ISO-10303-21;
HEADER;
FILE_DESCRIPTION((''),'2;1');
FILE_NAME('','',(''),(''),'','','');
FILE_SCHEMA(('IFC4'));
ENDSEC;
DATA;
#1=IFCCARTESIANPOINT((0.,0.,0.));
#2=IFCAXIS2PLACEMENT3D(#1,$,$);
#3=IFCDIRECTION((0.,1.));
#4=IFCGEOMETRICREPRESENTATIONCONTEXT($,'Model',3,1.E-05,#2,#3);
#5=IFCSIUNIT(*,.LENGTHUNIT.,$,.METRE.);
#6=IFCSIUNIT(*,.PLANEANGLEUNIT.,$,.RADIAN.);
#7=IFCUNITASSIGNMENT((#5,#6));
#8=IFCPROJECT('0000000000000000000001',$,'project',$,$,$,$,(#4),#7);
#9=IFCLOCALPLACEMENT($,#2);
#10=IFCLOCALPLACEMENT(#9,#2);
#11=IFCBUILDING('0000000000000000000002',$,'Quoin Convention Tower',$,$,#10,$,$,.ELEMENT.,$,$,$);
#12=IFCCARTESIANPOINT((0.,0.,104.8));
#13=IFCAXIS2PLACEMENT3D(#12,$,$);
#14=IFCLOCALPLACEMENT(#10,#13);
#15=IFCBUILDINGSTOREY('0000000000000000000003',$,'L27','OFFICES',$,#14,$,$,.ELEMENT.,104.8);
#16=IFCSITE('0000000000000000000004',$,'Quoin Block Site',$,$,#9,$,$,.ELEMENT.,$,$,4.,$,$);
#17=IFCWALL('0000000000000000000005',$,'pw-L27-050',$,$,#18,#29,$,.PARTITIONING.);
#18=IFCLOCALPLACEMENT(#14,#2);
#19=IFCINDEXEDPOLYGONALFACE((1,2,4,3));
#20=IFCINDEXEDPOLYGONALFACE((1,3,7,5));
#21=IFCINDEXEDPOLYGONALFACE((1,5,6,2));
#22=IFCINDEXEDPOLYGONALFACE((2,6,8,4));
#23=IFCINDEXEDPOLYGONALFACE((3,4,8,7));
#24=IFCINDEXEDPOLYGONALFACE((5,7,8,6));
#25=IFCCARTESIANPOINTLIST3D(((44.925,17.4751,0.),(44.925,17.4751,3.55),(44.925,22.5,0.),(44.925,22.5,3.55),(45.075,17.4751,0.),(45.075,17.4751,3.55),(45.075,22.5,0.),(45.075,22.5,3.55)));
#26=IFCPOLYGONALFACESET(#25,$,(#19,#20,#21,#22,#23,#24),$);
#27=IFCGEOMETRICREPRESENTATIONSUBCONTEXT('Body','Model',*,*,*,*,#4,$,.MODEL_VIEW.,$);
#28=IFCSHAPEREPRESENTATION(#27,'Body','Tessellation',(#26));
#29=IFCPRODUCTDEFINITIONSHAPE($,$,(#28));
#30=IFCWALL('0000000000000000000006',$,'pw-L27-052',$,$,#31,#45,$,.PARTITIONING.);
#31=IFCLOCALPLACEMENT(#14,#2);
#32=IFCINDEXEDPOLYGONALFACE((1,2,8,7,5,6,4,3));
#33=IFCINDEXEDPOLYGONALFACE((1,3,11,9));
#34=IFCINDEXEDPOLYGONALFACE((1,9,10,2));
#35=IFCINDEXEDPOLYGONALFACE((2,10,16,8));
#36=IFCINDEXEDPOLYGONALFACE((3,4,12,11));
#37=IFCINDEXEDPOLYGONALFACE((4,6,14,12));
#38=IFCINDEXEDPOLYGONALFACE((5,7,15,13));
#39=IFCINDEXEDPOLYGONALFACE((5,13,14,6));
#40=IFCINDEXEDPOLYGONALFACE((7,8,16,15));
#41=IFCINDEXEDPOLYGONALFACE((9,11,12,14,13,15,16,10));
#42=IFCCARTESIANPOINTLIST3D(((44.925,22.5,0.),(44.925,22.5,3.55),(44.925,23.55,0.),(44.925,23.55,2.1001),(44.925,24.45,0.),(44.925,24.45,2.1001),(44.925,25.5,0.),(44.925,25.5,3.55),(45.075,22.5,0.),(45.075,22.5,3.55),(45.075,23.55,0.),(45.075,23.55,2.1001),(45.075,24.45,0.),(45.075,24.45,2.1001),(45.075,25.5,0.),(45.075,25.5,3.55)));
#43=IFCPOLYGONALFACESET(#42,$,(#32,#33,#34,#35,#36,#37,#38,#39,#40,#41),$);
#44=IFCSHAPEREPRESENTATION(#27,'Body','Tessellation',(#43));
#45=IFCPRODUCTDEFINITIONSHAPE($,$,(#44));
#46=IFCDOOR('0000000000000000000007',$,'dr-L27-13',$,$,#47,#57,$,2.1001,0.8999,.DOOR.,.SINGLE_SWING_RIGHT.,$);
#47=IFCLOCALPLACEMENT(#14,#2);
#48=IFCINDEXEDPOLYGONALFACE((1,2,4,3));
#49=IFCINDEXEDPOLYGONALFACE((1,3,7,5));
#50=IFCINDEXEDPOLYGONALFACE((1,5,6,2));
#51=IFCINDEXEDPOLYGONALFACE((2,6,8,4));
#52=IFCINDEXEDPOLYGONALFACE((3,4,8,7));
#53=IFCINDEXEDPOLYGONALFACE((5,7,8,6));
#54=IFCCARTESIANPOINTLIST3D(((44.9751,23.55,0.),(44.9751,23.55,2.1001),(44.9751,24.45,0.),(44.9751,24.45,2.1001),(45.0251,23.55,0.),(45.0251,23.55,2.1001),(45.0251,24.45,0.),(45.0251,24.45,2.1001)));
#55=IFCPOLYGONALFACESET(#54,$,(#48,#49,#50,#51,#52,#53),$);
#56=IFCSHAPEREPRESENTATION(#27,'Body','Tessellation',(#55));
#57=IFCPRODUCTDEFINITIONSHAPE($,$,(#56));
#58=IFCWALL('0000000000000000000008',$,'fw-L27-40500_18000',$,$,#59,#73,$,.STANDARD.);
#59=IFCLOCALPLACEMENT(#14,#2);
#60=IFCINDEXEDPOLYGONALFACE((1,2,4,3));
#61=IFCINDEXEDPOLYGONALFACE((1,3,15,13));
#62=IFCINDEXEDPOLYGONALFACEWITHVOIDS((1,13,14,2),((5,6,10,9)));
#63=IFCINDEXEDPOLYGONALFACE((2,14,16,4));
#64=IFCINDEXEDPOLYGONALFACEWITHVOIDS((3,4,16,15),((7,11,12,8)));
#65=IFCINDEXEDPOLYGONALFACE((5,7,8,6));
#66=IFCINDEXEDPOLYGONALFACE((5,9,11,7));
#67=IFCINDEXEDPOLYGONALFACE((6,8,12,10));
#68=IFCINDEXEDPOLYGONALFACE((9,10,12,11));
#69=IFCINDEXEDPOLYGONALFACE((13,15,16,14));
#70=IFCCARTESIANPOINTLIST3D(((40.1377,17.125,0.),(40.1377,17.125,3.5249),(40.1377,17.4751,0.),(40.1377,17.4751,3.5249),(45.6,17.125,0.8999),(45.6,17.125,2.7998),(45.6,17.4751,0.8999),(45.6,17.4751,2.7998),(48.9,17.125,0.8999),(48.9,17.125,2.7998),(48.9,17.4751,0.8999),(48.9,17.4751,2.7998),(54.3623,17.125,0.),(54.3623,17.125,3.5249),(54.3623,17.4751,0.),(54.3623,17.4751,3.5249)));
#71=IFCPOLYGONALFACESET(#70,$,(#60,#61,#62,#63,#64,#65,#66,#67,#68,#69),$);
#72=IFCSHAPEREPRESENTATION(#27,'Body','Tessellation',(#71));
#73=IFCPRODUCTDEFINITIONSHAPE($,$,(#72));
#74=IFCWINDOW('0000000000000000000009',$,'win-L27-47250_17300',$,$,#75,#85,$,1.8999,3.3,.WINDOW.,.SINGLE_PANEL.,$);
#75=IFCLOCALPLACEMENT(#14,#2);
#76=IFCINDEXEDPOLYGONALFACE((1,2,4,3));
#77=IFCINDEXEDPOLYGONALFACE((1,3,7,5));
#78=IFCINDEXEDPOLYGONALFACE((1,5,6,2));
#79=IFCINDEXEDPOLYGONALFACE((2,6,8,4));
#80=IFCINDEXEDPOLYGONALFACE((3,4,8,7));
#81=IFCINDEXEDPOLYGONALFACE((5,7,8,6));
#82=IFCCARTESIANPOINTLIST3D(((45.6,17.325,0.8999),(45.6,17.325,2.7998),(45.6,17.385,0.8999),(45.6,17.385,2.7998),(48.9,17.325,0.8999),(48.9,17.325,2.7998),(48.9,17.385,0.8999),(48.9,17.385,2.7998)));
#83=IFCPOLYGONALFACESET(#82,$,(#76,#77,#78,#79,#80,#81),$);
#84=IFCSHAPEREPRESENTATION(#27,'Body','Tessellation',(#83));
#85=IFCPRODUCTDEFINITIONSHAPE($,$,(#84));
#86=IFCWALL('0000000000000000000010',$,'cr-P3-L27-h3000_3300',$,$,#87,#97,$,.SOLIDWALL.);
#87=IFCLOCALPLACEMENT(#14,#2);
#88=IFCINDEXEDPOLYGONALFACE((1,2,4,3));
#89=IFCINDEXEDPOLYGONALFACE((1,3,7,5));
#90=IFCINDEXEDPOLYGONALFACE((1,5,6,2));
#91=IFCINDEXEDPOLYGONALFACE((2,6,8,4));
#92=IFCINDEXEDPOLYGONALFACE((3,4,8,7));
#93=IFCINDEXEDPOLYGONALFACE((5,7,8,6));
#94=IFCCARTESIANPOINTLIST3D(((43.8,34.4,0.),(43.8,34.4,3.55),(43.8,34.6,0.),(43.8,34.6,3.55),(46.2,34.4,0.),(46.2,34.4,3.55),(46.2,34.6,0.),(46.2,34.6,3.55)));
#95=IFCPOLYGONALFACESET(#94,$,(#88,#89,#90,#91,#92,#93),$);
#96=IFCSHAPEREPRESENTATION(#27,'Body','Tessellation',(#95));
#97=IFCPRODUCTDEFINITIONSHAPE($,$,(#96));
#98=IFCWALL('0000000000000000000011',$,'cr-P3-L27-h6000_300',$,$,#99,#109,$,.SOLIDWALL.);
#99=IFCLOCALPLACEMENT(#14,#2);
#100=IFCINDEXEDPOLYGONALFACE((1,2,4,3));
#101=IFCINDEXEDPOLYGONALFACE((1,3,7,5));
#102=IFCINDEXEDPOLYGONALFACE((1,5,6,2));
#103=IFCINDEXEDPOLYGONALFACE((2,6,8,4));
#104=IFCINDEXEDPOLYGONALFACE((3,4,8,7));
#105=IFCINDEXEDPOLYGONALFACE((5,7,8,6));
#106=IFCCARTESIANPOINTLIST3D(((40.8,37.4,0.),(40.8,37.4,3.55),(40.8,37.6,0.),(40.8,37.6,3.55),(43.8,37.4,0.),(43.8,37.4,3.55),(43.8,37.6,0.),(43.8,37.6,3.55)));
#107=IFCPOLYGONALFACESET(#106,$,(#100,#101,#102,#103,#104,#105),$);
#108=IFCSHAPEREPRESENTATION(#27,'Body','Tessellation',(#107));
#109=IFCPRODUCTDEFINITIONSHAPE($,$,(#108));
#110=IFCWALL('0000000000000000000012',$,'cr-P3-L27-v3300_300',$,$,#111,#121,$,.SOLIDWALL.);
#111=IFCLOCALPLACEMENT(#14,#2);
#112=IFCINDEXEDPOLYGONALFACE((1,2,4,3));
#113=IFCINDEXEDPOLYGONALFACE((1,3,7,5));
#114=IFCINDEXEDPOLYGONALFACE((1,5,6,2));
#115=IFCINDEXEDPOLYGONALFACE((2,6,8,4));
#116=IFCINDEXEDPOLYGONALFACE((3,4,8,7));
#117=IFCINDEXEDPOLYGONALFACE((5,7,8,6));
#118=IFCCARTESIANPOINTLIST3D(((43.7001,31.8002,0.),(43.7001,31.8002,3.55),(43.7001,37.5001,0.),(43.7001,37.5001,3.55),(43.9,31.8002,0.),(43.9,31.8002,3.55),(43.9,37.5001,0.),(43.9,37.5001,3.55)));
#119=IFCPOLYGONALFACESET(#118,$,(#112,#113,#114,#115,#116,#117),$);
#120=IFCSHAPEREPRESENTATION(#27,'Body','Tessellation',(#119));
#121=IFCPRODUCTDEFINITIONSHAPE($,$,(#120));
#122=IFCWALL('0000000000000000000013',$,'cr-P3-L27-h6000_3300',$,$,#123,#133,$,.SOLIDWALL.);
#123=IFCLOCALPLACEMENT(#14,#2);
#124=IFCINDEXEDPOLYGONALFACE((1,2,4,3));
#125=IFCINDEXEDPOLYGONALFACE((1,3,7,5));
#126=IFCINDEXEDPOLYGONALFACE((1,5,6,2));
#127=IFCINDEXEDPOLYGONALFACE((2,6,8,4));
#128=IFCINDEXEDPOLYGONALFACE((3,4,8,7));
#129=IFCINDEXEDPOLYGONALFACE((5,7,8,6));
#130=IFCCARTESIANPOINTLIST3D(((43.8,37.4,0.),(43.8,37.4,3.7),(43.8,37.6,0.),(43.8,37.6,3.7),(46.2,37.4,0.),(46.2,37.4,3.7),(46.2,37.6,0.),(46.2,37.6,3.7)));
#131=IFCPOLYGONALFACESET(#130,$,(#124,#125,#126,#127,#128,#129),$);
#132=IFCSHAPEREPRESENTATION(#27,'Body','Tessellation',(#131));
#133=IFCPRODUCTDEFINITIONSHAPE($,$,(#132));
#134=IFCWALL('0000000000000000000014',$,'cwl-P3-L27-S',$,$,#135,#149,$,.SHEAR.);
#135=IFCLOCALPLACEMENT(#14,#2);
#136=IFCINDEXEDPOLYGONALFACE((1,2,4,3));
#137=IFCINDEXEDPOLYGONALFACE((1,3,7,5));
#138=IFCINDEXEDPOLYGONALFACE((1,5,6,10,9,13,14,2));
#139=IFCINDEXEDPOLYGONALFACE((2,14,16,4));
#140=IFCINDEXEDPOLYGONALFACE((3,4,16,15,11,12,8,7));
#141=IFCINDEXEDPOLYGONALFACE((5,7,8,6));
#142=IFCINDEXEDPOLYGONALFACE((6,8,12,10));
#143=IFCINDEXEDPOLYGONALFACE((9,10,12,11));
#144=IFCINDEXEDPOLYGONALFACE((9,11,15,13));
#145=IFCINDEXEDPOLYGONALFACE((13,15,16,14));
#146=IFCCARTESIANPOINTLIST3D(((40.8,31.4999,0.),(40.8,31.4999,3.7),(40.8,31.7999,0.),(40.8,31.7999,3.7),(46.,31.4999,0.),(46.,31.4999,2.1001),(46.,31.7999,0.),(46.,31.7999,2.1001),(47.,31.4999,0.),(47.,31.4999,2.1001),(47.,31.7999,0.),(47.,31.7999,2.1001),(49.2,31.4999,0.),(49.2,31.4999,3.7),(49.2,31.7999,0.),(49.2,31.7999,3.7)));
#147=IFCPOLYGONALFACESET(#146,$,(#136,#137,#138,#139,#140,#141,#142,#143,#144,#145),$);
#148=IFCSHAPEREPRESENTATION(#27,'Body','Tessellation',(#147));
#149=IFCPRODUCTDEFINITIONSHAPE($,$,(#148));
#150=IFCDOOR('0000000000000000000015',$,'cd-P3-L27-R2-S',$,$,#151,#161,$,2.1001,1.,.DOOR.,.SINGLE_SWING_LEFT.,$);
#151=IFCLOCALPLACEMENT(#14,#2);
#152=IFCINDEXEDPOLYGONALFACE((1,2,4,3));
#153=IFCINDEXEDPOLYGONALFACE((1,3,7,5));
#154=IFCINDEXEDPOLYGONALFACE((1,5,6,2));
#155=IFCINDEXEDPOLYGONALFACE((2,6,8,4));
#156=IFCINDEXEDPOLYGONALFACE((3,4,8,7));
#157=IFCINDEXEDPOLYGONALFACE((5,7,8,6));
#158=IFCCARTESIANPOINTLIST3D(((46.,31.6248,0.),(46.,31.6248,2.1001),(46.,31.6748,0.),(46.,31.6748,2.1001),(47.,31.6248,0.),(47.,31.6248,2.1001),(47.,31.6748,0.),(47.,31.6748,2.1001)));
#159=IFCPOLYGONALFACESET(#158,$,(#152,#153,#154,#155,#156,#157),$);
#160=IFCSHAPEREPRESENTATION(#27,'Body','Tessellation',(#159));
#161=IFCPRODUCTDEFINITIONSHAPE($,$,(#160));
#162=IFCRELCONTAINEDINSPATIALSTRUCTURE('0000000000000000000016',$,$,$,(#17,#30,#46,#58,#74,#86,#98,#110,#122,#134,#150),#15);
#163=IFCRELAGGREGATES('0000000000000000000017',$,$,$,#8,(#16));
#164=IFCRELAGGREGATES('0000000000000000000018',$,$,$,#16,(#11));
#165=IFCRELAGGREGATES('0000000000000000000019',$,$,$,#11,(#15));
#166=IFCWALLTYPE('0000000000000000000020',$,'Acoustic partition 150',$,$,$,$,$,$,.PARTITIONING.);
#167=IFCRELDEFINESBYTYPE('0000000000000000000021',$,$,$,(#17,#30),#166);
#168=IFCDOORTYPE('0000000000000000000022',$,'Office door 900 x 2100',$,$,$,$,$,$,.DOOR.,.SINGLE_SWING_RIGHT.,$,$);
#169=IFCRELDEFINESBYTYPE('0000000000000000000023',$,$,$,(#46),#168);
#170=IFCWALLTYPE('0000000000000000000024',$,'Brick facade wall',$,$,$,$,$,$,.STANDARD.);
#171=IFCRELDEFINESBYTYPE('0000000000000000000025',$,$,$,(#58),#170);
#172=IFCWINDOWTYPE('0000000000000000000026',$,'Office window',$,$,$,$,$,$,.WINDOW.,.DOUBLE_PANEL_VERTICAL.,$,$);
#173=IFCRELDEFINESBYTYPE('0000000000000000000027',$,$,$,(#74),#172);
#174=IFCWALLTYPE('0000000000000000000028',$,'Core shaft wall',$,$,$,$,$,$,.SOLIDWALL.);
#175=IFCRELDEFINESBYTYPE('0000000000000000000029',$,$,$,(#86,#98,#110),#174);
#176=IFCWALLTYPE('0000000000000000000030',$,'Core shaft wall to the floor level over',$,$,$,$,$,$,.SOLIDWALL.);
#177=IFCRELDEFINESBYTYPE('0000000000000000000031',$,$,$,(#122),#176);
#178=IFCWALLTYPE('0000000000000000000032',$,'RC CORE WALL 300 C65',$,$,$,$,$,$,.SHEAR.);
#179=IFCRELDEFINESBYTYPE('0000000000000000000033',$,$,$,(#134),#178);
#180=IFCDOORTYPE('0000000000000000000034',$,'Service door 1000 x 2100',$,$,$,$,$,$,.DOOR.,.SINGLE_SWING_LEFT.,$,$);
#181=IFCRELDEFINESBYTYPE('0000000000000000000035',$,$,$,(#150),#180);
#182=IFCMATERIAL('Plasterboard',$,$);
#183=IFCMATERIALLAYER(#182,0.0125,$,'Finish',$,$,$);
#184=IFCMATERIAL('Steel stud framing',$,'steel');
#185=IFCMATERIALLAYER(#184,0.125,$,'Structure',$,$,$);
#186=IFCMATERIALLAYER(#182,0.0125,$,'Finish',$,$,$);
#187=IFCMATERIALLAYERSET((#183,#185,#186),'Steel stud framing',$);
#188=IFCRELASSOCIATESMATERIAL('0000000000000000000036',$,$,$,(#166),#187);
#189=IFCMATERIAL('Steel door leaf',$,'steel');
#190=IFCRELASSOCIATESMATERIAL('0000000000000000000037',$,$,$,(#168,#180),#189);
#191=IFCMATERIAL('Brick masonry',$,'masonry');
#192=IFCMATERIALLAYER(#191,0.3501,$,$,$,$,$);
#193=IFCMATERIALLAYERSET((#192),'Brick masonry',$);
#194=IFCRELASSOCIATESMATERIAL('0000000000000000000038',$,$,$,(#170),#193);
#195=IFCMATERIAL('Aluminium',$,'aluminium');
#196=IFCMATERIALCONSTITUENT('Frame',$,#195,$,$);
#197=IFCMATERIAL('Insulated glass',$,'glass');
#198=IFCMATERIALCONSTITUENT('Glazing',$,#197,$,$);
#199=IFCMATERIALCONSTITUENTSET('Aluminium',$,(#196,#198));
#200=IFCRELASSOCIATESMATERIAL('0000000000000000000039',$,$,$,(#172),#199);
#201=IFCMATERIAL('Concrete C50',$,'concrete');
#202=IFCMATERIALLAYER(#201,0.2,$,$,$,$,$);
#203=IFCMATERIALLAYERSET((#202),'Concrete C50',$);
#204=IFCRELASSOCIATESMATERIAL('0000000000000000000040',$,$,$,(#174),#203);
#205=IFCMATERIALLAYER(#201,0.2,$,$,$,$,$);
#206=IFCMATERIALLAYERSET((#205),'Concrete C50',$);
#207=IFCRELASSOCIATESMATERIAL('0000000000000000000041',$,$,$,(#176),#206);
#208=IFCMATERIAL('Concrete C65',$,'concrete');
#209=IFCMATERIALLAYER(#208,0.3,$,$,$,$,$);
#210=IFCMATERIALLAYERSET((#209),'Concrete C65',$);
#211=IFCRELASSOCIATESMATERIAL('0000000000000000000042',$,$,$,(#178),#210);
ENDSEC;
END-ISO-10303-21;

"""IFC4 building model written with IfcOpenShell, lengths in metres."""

from ifc_helpers import new_model, si_unit, direction, frame, frame_2d, origin, place, context, subcontext, project, spatial, rectangle, extrude, material, layer, layer_set, constituent, constituent_set, type_object, element, fill, save


model = new_model("IFC4")

# Units and contexts
model_context = context("Model", 3, precision=1e-05, world=origin(), true_north=direction((0.0, 1.0)))
body_context = subcontext(model_context, "Body", "Model", "MODEL_VIEW")
ifc_project = project(units=[si_unit("LENGTHUNIT", "METRE"), si_unit("PLANEANGLEUNIT", "RADIAN")], contexts=[model_context])

# Site, building, storey
site_placement = place(None, origin())
site = spatial("IfcSite", under=ifc_project, at=site_placement, Name="Quoin Block Site", CompositionType="ELEMENT", RefElevation=4.0)
building_placement = place(site_placement, origin())
building = spatial("IfcBuilding", under=site, at=building_placement, Name="Quoin Convention Tower", CompositionType="ELEMENT")
storey_placement = place(building_placement, frame((0.0, 0.0, 104.8)))
storey = spatial("IfcBuildingStorey", under=building, at=storey_placement, Name="L27", Description="OFFICES", CompositionType="ELEMENT", Elevation=104.8)

# Shared definitions
ifc_material_1 = material(Name="Concrete C65", Category="concrete")

# Wall
ifc_material_2 = material(Name="Plasterboard")
ifc_layer_1 = layer(ifc_material_2, 0.0125, Name="Finish")
ifc_material_3 = material(Name="Steel stud framing", Category="steel")
ifc_layer_2 = layer(ifc_material_3, 0.125, Name="Structure")
ifc_layer_3 = layer(ifc_material_2, 0.0125, Name="Finish")
ifc_layer_set_1 = layer_set([ifc_layer_1, ifc_layer_2, ifc_layer_3], Name="Steel stud framing")
wall_type_1 = type_object("IfcWallType", Name="Acoustic partition 150", PredefinedType="PARTITIONING", material=ifc_layer_set_1)
wall_1_placement = place(storey_placement, frame((45.0, 17.4751, 0.0), z_axis=(0.0, 0.0, 1.0), x_axis=(0.0, 1.0, 0.0)))
element("IfcWall", 1, at=wall_1_placement, inside=storey, type_object=wall_type_1, Name="pw-L27-050", PredefinedType="PARTITIONING", context=body_context, shape_type="SweptSolid", body=[
    extrude(rectangle(XDim=5.0249, YDim=0.1499, at=frame_2d((2.5125, 0.0))), origin(), (0.0, 0.0, 1.0), 3.55),
])

# Wall, opening, door
wall_2_placement = place(storey_placement, frame((45.0, 22.5, 0.0), z_axis=(0.0, 0.0, 1.0), x_axis=(0.0, 1.0, 0.0)))
wall_2 = element("IfcWall", 2, at=wall_2_placement, inside=storey, type_object=wall_type_1, Name="pw-L27-052", PredefinedType="PARTITIONING", context=body_context, shape_type="SweptSolid", body=[
    extrude(rectangle(XDim=3.0, YDim=0.1499, at=frame_2d((1.5, 0.0))), origin(), (0.0, 0.0, 1.0), 3.55),
])
opening_1_placement = place(wall_2_placement, frame((1.05, 0.0, 0.0)))
opening_1 = element("IfcOpeningElement", 3, at=opening_1_placement, cuts=wall_2, PredefinedType="OPENING", context=body_context, shape_type="SweptSolid", body=[
    extrude(rectangle(XDim=0.8999, YDim=2.1001, at=frame_2d((0.45, 1.05))), frame((0.0, 0.085, 0.0), z_axis=(0.0, -1.0, 0.0), x_axis=(1.0, 0.0, 0.0)), (0.0, 0.0, 1.0), 0.1699),
])
ifc_material_4 = material(Name="Steel door leaf", Category="steel")
door_type_1 = type_object("IfcDoorType", Name="Office door 900 x 2100", OperationType="SINGLE_SWING_RIGHT", PredefinedType="DOOR", material=ifc_material_4)
door_1_placement = place(opening_1_placement, origin())
door_1 = element("IfcDoor", 4, at=door_1_placement, inside=storey, type_object=door_type_1, Name="dr-L27-13", OperationType="SINGLE_SWING_RIGHT", OverallHeight=2.1001, OverallWidth=0.8999, PredefinedType="DOOR", context=body_context, shape_type="SweptSolid", body=[
    extrude(rectangle(XDim=0.8999, YDim=2.1001, at=frame_2d((0.45, 1.05))), frame((0.0, 0.0249, 0.0), z_axis=(0.0, -1.0, 0.0), x_axis=(1.0, 0.0, 0.0)), (0.0, 0.0, 1.0), 0.05),
])
fill(opening_1, door_1)

# Wall, opening, window
ifc_material_5 = material(Name="Brick masonry", Category="masonry")
ifc_layer_4 = layer(ifc_material_5, 0.3501)
ifc_layer_set_2 = layer_set([ifc_layer_4], Name="Brick masonry")
wall_type_2 = type_object("IfcWallType", Name="Brick facade wall", PredefinedType="STANDARD", material=ifc_layer_set_2)
wall_3_placement = place(storey_placement, frame((40.1377, 17.3, 0.0), z_axis=(0.0, 0.0, 1.0), x_axis=(1.0, 0.0, 0.0)))
wall_3 = element("IfcWall", 5, at=wall_3_placement, inside=storey, type_object=wall_type_2, Name="fw-L27-40500_18000", PredefinedType="STANDARD", context=body_context, shape_type="SweptSolid", body=[
    extrude(rectangle(XDim=14.2246, YDim=0.3501, at=frame_2d((7.1123, 0.0))), origin(), (0.0, 0.0, 1.0), 3.5249),
])
opening_2_placement = place(wall_3_placement, frame((5.4624, 0.0, 0.8999)))
opening_2 = element("IfcOpeningElement", 6, at=opening_2_placement, cuts=wall_3, PredefinedType="OPENING", context=body_context, shape_type="SweptSolid", body=[
    extrude(rectangle(XDim=3.3, YDim=1.8999, at=frame_2d((1.6499, 0.95))), frame((0.0, 0.1851, 0.0), z_axis=(0.0, -1.0, 0.0), x_axis=(1.0, 0.0, 0.0)), (0.0, 0.0, 1.0), 0.3701),
])
ifc_material_6 = material(Name="Aluminium", Category="aluminium")
ifc_constituent_1 = constituent(ifc_material_6, Name="Frame")
ifc_material_7 = material(Name="Insulated glass", Category="glass")
ifc_constituent_2 = constituent(ifc_material_7, Name="Glazing")
ifc_constituent_set = constituent_set(constituents=[ifc_constituent_1, ifc_constituent_2], Name="Aluminium")
window_type = type_object("IfcWindowType", Name="Office window", PartitioningType="DOUBLE_PANEL_VERTICAL", PredefinedType="WINDOW", material=ifc_constituent_set)
window_placement = place(opening_2_placement, origin())
window = element("IfcWindow", 7, at=window_placement, inside=storey, type_object=window_type, Name="win-L27-47250_17300", OverallHeight=1.8999, OverallWidth=3.3, PartitioningType="SINGLE_PANEL", PredefinedType="WINDOW", context=body_context, shape_type="SweptSolid", body=[
    extrude(rectangle(XDim=3.3, YDim=1.8999, at=frame_2d((1.6499, 0.95))), frame((0.0, 0.085, 0.0), z_axis=(0.0, -1.0, 0.0), x_axis=(1.0, 0.0, 0.0)), (0.0, 0.0, 1.0), 0.0601),
])
fill(opening_2, window)

# Walls
ifc_material_8 = material(Name="Concrete C50", Category="concrete")
ifc_layer_5 = layer(ifc_material_8, 0.2)
ifc_layer_set_3 = layer_set([ifc_layer_5], Name="Concrete C50")
wall_type_3 = type_object("IfcWallType", Name="Core shaft wall", PredefinedType="SOLIDWALL", material=ifc_layer_set_3)
wall_4_placement = place(storey_placement, frame((43.8, 34.5, 0.0), z_axis=(0.0, 0.0, 1.0), x_axis=(1.0, 0.0, 0.0)))
element("IfcWall", 8, at=wall_4_placement, inside=storey, type_object=wall_type_3, Name="cr-P3-L27-h3000_3300", PredefinedType="SOLIDWALL", context=body_context, shape_type="SweptSolid", body=[
    extrude(rectangle(XDim=2.3999, YDim=0.2, at=frame_2d((1.2, 0.0))), origin(), (0.0, 0.0, 1.0), 3.55),
])
wall_5_placement = place(storey_placement, frame((40.8, 37.5, 0.0), z_axis=(0.0, 0.0, 1.0), x_axis=(1.0, 0.0, 0.0)))
element("IfcWall", 9, at=wall_5_placement, inside=storey, type_object=wall_type_3, Name="cr-P3-L27-h6000_300", PredefinedType="SOLIDWALL", context=body_context, shape_type="SweptSolid", body=[
    extrude(rectangle(XDim=3.0, YDim=0.2, at=frame_2d((1.5, 0.0))), origin(), (0.0, 0.0, 1.0), 3.55),
])
wall_6_placement = place(storey_placement, frame((43.8, 31.8, 0.0), z_axis=(0.0, 0.0, 1.0), x_axis=(0.0, 1.0, 0.0)))
element("IfcWall", 10, at=wall_6_placement, inside=storey, type_object=wall_type_3, Name="cr-P3-L27-v3300_300", PredefinedType="SOLIDWALL", context=body_context, shape_type="SweptSolid", body=[
    extrude(rectangle(XDim=5.7, YDim=0.2, at=frame_2d((2.8501, 0.0))), origin(), (0.0, 0.0, 1.0), 3.55),
])
ifc_layer_6 = layer(ifc_material_8, 0.2)
ifc_layer_set_4 = layer_set([ifc_layer_6], Name="Concrete C50")
wall_type_4 = type_object("IfcWallType", Name="Core shaft wall to the floor level over", PredefinedType="SOLIDWALL", material=ifc_layer_set_4)
wall_7_placement = place(storey_placement, frame((43.8, 37.5, 0.0), z_axis=(0.0, 0.0, 1.0), x_axis=(1.0, 0.0, 0.0)))
element("IfcWall", 11, at=wall_7_placement, inside=storey, type_object=wall_type_4, Name="cr-P3-L27-h6000_3300", PredefinedType="SOLIDWALL", context=body_context, shape_type="SweptSolid", body=[
    extrude(rectangle(XDim=2.3999, YDim=0.2, at=frame_2d((1.2, 0.0))), origin(), (0.0, 0.0, 1.0), 3.7),
])

# Wall, opening, door
ifc_layer_7 = layer(ifc_material_1, 0.3)
ifc_layer_set_5 = layer_set([ifc_layer_7], Name="Concrete C65")
wall_type_5 = type_object("IfcWallType", Name="RC CORE WALL 300 C65", PredefinedType="SHEAR", material=ifc_layer_set_5)
wall_8_placement = place(storey_placement, frame((40.8, 31.6499, 0.0), z_axis=(0.0, 0.0, 1.0), x_axis=(1.0, 0.0, 0.0)))
wall_8 = element("IfcWall", 12, at=wall_8_placement, inside=storey, type_object=wall_type_5, Name="cwl-P3-L27-S", PredefinedType="SHEAR", context=body_context, shape_type="SweptSolid", body=[
    extrude(rectangle(XDim=8.3999, YDim=0.3, at=frame_2d((4.2, 0.0))), origin(), (0.0, 0.0, 1.0), 3.7),
])
opening_3_placement = place(wall_8_placement, frame((5.2, 0.0, 0.0)))
opening_3 = element("IfcOpeningElement", 13, at=opening_3_placement, cuts=wall_8, PredefinedType="OPENING", context=body_context, shape_type="SweptSolid", body=[
    extrude(rectangle(XDim=1.0, YDim=2.1001, at=frame_2d((0.5, 1.05))), frame((0.0, 0.1599, 0.0), z_axis=(0.0, -1.0, 0.0), x_axis=(1.0, 0.0, 0.0)), (0.0, 0.0, 1.0), 0.3201),
])
door_type_2 = type_object("IfcDoorType", Name="Service door 1000 x 2100", OperationType="SINGLE_SWING_LEFT", PredefinedType="DOOR", material=ifc_material_4)
door_2_placement = place(opening_3_placement, origin())
door_2 = element("IfcDoor", 14, at=door_2_placement, inside=storey, type_object=door_type_2, Name="cd-P3-L27-R2-S", OperationType="SINGLE_SWING_LEFT", OverallHeight=2.1001, OverallWidth=1.0, PredefinedType="DOOR", context=body_context, shape_type="SweptSolid", body=[
    extrude(rectangle(XDim=1.0, YDim=2.1001, at=frame_2d((0.5, 1.05))), frame((0.0, 0.0249, 0.0), z_axis=(0.0, -1.0, 0.0), x_axis=(1.0, 0.0, 0.0)), (0.0, 0.0, 1.0), 0.05),
])
fill(opening_3, door_2)

save(model, "model.ifc")
